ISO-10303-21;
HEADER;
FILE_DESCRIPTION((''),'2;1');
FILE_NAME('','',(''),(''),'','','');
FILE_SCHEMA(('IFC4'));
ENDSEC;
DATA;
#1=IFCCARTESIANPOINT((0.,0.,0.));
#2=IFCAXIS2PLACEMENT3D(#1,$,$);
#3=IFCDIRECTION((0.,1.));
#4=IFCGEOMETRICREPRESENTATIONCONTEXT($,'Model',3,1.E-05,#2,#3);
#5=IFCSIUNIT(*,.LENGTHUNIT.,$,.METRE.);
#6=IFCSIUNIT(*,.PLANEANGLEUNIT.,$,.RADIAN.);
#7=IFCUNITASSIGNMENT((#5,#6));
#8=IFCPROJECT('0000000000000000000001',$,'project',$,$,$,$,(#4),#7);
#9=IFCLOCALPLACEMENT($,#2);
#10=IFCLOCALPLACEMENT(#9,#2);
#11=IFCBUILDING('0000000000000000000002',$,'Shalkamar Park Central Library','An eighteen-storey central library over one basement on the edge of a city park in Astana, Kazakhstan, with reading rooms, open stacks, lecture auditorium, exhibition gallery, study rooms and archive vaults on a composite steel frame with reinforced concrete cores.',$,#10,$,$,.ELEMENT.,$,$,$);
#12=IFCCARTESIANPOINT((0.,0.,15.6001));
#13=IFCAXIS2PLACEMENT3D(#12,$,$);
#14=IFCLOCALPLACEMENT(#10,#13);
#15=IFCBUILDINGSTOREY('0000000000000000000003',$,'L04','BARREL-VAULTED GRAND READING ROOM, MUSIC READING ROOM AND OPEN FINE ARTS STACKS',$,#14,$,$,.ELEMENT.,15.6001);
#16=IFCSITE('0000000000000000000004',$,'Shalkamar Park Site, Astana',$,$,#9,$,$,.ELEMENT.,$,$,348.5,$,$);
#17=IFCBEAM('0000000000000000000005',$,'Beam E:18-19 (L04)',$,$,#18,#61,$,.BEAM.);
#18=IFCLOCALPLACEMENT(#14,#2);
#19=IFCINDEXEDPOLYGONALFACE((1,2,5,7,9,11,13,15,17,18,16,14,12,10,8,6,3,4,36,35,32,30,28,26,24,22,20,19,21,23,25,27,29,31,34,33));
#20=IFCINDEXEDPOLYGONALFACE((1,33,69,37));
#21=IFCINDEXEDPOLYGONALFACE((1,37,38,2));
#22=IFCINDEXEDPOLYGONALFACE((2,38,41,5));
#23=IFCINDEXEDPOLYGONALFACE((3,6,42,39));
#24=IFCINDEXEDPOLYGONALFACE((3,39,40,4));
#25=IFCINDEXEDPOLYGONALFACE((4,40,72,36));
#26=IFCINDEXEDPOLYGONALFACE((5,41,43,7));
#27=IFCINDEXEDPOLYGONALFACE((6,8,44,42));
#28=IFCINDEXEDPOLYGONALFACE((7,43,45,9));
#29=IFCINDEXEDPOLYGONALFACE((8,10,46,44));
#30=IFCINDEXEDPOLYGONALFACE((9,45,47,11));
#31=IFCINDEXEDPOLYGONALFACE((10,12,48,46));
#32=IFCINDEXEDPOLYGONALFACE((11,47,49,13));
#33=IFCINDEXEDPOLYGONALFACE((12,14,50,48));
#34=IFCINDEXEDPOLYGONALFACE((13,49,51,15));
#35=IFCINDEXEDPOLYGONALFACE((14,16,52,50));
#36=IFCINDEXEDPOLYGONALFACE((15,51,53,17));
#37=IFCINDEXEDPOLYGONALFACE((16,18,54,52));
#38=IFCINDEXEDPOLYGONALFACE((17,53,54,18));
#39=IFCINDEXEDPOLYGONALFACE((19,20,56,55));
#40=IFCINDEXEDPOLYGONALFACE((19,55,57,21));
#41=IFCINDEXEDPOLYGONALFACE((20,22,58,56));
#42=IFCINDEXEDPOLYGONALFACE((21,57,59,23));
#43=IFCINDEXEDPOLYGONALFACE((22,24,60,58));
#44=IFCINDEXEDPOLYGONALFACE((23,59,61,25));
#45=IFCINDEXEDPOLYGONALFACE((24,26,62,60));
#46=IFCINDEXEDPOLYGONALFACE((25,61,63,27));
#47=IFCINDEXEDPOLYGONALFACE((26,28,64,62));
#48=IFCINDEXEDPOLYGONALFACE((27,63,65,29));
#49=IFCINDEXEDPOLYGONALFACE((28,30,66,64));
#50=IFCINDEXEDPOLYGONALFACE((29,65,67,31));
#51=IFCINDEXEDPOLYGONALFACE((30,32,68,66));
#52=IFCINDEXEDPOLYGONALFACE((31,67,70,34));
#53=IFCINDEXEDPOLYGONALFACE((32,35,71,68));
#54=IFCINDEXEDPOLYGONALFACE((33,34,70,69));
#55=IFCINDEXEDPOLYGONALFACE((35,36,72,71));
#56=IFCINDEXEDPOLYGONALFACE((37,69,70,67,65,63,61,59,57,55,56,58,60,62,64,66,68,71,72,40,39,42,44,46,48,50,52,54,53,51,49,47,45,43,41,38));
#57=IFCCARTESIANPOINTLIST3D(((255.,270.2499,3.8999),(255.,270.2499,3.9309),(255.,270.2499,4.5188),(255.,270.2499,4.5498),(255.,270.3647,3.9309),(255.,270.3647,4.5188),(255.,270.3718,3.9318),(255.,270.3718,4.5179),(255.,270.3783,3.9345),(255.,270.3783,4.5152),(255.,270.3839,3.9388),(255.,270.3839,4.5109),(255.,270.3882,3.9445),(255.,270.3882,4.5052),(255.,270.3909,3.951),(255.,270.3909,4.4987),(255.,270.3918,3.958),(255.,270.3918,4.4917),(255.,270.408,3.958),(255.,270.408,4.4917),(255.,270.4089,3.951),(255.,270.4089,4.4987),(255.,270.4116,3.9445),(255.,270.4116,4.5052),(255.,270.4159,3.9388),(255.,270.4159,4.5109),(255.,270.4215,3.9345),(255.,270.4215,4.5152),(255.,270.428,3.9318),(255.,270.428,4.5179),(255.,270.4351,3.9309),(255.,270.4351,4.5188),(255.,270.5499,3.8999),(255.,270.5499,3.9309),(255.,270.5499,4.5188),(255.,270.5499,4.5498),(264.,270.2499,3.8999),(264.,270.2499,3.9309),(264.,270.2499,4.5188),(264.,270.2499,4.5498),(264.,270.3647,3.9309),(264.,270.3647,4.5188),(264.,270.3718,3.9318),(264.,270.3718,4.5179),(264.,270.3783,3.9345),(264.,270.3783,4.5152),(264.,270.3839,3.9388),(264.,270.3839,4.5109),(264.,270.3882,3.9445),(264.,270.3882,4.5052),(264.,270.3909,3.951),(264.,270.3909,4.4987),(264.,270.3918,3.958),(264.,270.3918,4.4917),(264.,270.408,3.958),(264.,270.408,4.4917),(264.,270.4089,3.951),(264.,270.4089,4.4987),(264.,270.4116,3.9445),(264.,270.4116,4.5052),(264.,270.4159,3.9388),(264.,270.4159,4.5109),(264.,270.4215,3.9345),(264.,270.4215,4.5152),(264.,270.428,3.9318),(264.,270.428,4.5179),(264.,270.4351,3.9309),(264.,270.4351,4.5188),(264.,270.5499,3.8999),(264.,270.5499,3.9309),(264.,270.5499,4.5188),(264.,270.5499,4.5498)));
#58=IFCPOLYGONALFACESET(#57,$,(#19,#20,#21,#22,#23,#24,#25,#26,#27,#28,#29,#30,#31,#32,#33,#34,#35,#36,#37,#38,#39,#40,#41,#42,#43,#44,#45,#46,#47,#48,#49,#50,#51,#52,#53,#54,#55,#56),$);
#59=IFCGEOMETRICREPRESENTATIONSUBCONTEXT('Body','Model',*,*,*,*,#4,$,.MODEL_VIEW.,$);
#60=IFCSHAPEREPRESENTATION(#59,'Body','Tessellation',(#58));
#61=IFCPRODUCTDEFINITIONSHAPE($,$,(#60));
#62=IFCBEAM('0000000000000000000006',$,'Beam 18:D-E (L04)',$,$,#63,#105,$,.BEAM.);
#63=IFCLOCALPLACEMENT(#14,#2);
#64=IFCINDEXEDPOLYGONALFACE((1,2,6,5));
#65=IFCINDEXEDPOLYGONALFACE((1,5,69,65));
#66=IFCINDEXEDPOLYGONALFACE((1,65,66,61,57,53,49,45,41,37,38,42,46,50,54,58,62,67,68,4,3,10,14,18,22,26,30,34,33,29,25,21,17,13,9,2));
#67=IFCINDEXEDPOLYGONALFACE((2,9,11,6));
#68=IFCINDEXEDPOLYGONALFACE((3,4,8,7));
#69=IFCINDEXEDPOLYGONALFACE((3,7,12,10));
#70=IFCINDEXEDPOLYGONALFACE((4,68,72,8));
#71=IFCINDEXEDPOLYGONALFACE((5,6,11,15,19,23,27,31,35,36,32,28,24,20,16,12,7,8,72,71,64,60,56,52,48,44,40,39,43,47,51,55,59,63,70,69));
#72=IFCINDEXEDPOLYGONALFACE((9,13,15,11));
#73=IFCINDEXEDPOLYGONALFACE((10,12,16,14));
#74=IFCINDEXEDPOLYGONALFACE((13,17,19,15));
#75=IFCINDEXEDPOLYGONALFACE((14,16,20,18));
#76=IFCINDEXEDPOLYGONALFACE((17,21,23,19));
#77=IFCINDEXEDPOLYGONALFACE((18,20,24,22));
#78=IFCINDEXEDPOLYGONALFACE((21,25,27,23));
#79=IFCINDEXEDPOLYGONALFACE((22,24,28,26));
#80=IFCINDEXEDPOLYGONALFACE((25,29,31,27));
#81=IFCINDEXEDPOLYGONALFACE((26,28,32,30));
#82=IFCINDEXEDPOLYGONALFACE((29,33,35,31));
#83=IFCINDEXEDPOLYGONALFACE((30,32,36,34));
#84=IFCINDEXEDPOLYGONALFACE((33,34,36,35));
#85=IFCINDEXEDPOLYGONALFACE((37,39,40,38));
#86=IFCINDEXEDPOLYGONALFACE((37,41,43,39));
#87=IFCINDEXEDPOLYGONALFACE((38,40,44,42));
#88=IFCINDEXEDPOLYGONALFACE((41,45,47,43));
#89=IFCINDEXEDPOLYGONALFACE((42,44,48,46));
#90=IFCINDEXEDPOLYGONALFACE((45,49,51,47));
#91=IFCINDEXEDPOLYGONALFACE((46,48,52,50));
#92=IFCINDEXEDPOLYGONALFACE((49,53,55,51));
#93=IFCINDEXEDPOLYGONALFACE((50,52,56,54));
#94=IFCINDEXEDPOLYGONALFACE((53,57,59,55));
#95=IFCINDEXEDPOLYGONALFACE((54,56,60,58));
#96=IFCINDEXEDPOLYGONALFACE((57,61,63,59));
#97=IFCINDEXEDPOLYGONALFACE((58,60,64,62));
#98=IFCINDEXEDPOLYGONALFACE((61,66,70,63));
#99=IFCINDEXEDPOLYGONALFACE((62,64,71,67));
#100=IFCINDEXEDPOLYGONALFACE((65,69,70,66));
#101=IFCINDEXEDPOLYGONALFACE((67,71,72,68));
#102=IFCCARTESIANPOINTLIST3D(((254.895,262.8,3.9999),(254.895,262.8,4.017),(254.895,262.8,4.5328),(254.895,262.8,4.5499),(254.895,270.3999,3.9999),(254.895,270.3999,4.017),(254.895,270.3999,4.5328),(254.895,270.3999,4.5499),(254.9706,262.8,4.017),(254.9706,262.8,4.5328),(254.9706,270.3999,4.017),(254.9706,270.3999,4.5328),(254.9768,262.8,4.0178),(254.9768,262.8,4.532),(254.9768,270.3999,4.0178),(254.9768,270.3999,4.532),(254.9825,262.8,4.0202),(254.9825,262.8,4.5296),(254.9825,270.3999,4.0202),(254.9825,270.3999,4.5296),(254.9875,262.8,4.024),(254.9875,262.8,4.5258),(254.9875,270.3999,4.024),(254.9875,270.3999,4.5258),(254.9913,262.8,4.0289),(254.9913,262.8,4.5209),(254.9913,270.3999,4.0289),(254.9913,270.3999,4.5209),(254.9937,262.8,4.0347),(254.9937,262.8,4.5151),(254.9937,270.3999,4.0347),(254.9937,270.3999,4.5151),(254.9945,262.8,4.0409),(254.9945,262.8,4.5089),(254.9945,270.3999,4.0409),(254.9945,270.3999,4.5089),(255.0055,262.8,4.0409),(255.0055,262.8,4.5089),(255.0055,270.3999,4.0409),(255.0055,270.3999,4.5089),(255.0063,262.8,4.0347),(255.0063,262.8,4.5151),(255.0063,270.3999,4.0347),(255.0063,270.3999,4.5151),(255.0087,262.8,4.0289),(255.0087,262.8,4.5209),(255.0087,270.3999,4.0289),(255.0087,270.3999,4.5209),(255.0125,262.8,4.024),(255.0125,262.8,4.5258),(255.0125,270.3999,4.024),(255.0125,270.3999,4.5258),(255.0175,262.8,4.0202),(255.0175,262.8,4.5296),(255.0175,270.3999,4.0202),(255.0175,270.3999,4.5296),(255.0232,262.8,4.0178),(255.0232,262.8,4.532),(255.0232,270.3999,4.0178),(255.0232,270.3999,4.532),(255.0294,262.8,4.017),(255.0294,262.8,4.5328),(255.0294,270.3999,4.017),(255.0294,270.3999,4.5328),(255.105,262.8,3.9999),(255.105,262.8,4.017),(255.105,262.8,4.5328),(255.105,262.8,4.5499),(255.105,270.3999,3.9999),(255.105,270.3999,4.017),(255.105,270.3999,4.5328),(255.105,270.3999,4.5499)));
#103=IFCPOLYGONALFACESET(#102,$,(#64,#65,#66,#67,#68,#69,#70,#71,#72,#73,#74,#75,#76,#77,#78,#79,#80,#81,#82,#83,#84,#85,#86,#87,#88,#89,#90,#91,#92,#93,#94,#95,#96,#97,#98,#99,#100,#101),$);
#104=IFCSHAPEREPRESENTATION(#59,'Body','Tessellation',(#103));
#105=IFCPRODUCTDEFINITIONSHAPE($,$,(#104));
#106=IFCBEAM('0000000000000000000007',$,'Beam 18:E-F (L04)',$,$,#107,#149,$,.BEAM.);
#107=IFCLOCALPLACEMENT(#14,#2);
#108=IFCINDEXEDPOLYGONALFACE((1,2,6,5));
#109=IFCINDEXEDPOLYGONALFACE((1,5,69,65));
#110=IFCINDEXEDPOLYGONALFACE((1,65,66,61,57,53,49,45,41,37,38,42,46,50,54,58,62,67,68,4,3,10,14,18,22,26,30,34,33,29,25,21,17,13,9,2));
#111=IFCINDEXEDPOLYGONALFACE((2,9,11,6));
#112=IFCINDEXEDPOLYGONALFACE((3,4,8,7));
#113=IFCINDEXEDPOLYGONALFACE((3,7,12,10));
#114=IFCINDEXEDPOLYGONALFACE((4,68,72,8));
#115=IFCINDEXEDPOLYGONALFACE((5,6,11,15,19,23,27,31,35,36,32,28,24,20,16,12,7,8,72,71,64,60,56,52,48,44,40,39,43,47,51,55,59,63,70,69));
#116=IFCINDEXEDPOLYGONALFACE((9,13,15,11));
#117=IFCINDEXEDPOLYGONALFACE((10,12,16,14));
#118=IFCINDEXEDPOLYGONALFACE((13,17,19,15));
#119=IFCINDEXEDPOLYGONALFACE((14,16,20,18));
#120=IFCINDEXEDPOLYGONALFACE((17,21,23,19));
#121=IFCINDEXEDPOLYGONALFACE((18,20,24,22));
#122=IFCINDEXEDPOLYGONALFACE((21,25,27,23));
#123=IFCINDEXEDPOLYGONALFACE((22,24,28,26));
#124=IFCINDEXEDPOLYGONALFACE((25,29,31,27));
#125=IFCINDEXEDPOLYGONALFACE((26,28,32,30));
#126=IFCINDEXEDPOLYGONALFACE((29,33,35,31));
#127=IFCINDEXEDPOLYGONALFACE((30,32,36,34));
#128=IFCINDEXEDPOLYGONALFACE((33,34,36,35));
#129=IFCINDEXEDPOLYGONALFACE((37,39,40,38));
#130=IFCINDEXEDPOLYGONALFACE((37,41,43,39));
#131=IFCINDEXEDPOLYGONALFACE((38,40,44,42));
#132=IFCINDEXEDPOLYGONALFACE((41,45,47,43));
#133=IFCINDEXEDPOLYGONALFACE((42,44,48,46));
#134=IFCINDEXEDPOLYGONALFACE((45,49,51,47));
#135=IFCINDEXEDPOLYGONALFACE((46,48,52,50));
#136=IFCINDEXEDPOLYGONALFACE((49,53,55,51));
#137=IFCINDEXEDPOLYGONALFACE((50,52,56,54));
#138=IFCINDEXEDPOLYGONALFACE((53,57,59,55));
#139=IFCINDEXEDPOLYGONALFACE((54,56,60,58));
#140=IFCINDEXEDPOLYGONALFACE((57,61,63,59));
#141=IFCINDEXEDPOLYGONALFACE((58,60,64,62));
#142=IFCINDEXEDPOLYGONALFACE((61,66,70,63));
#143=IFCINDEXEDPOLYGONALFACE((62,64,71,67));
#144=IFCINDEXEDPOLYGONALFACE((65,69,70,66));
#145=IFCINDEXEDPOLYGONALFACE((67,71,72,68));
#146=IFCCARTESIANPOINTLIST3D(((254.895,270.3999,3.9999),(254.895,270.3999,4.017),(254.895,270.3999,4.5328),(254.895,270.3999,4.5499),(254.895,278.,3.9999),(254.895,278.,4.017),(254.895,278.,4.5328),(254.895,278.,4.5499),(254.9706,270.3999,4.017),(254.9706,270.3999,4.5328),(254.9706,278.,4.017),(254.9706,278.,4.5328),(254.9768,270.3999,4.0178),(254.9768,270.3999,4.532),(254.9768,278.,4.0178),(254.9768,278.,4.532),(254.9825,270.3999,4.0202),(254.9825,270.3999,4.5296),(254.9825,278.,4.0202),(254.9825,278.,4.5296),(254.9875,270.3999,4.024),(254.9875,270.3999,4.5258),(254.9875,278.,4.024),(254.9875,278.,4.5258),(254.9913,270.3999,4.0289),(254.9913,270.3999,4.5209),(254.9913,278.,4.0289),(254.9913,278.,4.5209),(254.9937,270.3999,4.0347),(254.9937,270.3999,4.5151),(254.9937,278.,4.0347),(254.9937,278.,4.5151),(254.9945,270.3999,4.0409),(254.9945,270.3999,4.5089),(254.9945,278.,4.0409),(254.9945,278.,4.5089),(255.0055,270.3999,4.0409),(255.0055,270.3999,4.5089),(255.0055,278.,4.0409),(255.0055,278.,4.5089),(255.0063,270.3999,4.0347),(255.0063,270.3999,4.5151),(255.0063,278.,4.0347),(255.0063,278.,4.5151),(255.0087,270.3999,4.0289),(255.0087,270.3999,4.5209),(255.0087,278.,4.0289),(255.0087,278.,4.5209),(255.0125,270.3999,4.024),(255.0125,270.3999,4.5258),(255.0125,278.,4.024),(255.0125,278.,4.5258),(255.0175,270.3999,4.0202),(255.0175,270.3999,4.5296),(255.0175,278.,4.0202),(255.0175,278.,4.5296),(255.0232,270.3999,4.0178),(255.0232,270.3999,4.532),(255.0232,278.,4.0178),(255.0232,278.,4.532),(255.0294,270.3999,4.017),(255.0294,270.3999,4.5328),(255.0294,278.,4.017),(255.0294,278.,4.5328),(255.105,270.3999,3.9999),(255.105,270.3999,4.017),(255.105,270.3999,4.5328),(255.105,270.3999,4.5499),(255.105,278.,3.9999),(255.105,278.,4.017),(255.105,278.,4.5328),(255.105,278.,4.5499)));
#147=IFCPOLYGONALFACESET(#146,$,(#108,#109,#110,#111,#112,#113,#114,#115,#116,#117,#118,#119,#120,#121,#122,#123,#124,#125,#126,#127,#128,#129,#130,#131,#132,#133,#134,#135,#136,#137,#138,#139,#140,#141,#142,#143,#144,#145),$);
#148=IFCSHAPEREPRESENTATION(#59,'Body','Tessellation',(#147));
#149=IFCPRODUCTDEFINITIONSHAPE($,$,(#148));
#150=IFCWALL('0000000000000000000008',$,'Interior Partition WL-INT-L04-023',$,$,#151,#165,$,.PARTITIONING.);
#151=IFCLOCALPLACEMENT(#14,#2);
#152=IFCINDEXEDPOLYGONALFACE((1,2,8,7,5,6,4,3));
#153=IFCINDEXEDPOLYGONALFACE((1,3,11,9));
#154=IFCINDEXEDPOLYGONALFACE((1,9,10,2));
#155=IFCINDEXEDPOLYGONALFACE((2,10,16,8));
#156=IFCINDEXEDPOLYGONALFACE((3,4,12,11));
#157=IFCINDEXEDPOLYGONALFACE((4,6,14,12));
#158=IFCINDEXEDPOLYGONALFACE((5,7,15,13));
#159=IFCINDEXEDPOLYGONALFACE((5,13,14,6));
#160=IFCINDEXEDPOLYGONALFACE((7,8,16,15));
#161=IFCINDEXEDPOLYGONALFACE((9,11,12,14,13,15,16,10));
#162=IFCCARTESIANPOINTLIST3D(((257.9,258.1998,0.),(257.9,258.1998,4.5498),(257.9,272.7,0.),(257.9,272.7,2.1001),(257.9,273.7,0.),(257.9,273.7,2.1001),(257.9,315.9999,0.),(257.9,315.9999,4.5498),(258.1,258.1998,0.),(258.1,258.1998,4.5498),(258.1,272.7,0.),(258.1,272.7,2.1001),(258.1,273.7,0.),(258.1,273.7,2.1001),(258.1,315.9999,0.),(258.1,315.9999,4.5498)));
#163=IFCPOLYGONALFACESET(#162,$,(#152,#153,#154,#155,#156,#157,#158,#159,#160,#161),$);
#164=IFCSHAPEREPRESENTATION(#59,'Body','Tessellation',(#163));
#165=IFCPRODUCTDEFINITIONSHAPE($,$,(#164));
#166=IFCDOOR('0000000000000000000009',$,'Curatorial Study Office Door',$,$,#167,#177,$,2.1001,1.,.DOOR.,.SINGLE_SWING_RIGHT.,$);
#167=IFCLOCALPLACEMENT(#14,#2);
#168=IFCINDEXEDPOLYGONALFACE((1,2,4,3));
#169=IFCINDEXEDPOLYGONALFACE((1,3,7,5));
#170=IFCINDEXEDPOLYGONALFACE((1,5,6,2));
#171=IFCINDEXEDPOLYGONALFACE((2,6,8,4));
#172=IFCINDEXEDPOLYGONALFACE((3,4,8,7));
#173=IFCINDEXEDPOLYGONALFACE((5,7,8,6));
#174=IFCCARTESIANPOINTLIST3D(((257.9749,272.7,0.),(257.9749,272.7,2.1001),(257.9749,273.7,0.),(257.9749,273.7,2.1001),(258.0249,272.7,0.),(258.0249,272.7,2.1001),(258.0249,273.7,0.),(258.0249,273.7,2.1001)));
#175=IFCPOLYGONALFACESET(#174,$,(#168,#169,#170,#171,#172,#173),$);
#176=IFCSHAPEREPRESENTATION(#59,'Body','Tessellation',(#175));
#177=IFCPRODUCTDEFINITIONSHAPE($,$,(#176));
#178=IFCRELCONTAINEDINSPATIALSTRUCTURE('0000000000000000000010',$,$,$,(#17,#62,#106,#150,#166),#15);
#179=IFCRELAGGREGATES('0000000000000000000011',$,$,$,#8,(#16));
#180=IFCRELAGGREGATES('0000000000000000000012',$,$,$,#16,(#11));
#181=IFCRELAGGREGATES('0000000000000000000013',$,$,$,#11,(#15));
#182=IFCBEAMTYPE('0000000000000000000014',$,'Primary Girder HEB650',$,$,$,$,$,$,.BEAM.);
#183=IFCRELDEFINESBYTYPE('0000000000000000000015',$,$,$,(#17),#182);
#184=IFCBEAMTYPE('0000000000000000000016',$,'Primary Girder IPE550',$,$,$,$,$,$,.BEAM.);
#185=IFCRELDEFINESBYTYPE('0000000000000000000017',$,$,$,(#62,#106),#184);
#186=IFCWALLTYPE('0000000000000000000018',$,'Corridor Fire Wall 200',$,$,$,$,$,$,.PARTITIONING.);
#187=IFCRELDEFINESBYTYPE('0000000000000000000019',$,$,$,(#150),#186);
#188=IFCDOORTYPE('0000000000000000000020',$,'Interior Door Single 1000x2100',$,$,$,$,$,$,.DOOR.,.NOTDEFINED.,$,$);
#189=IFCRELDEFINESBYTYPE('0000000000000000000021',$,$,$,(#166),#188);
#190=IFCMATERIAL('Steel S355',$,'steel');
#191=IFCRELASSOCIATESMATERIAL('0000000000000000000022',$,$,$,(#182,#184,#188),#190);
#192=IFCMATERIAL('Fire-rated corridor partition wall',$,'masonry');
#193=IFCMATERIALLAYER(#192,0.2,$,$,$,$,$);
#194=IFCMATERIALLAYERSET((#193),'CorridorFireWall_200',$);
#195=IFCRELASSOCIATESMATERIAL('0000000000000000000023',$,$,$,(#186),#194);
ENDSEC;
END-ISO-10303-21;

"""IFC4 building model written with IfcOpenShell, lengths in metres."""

from ifc_helpers import new_model, si_unit, direction, frame, frame_2d, origin, origin_2d, place, context, subcontext, project, spatial, rectangle, i_section, extrude, material, layer, layer_set, material_profile, profile_set, type_object, element, fill, save


model = new_model("IFC4")

# Units and contexts
model_context = context("Model", 3, precision=1e-05, world=origin(), true_north=direction((0.0, 1.0)))
body_context = subcontext(model_context, "Body", "Model", "MODEL_VIEW")
ifc_project = project(units=[si_unit("LENGTHUNIT", "METRE"), si_unit("PLANEANGLEUNIT", "RADIAN")], contexts=[model_context])

# Site, building, storey
site_placement = place(None, origin())
site = spatial("IfcSite", under=ifc_project, at=site_placement, Name="Shalkamar Park Site, Astana", CompositionType="ELEMENT", RefElevation=348.5)
building_placement = place(site_placement, origin())
building = spatial("IfcBuilding", under=site, at=building_placement, Name="Shalkamar Park Central Library", Description="An eighteen-storey central library over one basement on the edge of a city park in Astana, Kazakhstan, with reading rooms, open stacks, lecture auditorium, exhibition gallery, study rooms and archive vaults on a composite steel frame with reinforced concrete cores.", CompositionType="ELEMENT")
storey_placement = place(building_placement, frame((0.0, 0.0, 15.6001)))
storey = spatial("IfcBuildingStorey", under=building, at=storey_placement, Name="L04", Description="BARREL-VAULTED GRAND READING ROOM, MUSIC READING ROOM AND OPEN FINE ARTS STACKS", CompositionType="ELEMENT", Elevation=15.6001)

# Shared definitions
ifc_material_1 = material(Name="Steel S355", Category="steel")

# Beams
ifc_material_profile_1 = material_profile(ifc_material_1, i_section(OverallWidth=0.3, OverallDepth=0.6499, WebThickness=0.0161, FlangeThickness=0.031, FilletRadius=0.0271, at=origin_2d()), Name="HEB 650")
ifc_profile_set_1 = profile_set([ifc_material_profile_1], Name="Steel S355")
beam_type_1 = type_object("IfcBeamType", Name="Primary Girder HEB650", PredefinedType="BEAM", material=ifc_profile_set_1)
for number, where, z_axis, x_axis, name in (
    (1, (255.0, 270.3999, 4.2249), (1.0, 0.0, 0.0), (0.0, 1.0, 0.0), "Beam E:18-19 (L04)"),
):
    element("IfcBeam", number, at=place(storey_placement, frame(where, z_axis=z_axis, x_axis=x_axis)), inside=storey, type_object=beam_type_1, Name=name, PredefinedType="BEAM", context=body_context, shape_type="SweptSolid", body=[
        extrude(i_section(OverallWidth=0.3, OverallDepth=0.6499, WebThickness=0.0161, FlangeThickness=0.031, FilletRadius=0.0271, at=origin_2d()), origin(), (0.0, 0.0, 1.0), 9.0),
    ])
ifc_material_profile_2 = material_profile(ifc_material_1, i_section(OverallWidth=0.21, OverallDepth=0.55, WebThickness=0.011, FlangeThickness=0.0171, FilletRadius=0.0239, at=origin_2d()), Name="IPE 550")
ifc_profile_set_2 = profile_set([ifc_material_profile_2], Name="Steel S355")
beam_type_2 = type_object("IfcBeamType", Name="Primary Girder IPE550", PredefinedType="BEAM", material=ifc_profile_set_2)
beam_1_placement = place(storey_placement, frame((255.0, 262.8, 4.2749), z_axis=(0.0, 1.0, 0.0), x_axis=(-1.0, 0.0, 0.0)))
element("IfcBeam", 2, at=beam_1_placement, inside=storey, type_object=beam_type_2, Name="Beam 18:D-E (L04)", PredefinedType="BEAM", context=body_context, shape_type="SweptSolid", body=[
    extrude(i_section(OverallWidth=0.21, OverallDepth=0.55, WebThickness=0.011, FlangeThickness=0.0171, FilletRadius=0.0239, at=origin_2d()), origin(), (0.0, 0.0, 1.0), 7.5999),
])
beam_2_placement = place(storey_placement, frame((255.0, 270.3999, 4.2749), z_axis=(0.0, 1.0, 0.0), x_axis=(-1.0, 0.0, 0.0)))
element("IfcBeam", 3, at=beam_2_placement, inside=storey, type_object=beam_type_2, Name="Beam 18:E-F (L04)", PredefinedType="BEAM", context=body_context, shape_type="SweptSolid", body=[
    extrude(i_section(OverallWidth=0.21, OverallDepth=0.55, WebThickness=0.011, FlangeThickness=0.0171, FilletRadius=0.0239, at=origin_2d()), origin(), (0.0, 0.0, 1.0), 7.6001),
])

# Wall, opening, door
ifc_material_2 = material(Name="Fire-rated corridor partition wall", Category="masonry")
ifc_layer_1 = layer(ifc_material_2, 0.2)
ifc_layer_set_1 = layer_set([ifc_layer_1], Name="CorridorFireWall_200")
wall_type_1 = type_object("IfcWallType", Name="Corridor Fire Wall 200", PredefinedType="PARTITIONING", material=ifc_layer_set_1)
wall_1_placement = place(storey_placement, frame((258.0, 258.2, 0.0), z_axis=(0.0, 0.0, 1.0), x_axis=(0.0, 1.0, 0.0)))
wall_1 = element("IfcWall", 4, at=wall_1_placement, inside=storey, type_object=wall_type_1, Name="Interior Partition WL-INT-L04-023", PredefinedType="PARTITIONING", context=body_context, shape_type="SweptSolid", body=[
    extrude(rectangle(XDim=57.8, YDim=0.2, at=frame_2d((28.8999, 0.0))), origin(), (0.0, 0.0, 1.0), 4.5498),
])
opening_1_placement = place(wall_1_placement, frame((14.5, 0.0, 0.0)))
opening_1 = element("IfcOpeningElement", 5, at=opening_1_placement, cuts=wall_1, PredefinedType="OPENING", context=body_context, shape_type="SweptSolid", body=[
    extrude(rectangle(XDim=1.0, YDim=2.1001, at=frame_2d((0.5, 1.05))), frame((0.0, 0.1147, 0.0), z_axis=(0.0, -1.0, 0.0), x_axis=(1.0, 0.0, 0.0)), (0.0, 0.0, 1.0), 0.2297),
])
door_type = type_object("IfcDoorType", Name="Interior Door Single 1000x2100", OperationType="NOTDEFINED", PredefinedType="DOOR", material=ifc_material_1)
door_1_placement = place(opening_1_placement, frame((1.0, 0.0, 0.0), z_axis=(0.0, 0.0, 1.0), x_axis=(-1.0, 0.0, 0.0)))
door_1 = element("IfcDoor", 6, at=door_1_placement, inside=storey, type_object=door_type, Name="Curatorial Study Office Door", OperationType="SINGLE_SWING_RIGHT", OverallHeight=2.1001, OverallWidth=1.0, PredefinedType="DOOR", context=body_context, shape_type="SweptSolid", body=[
    extrude(rectangle(XDim=1.0, YDim=2.1001, at=frame_2d((0.5, 1.05))), frame((0.0, 0.0249, 0.0), z_axis=(0.0, -1.0, 0.0), x_axis=(1.0, 0.0, 0.0)), (0.0, 0.0, 1.0), 0.05),
])
fill(opening_1, door_1)

save(model, "model.ifc")
